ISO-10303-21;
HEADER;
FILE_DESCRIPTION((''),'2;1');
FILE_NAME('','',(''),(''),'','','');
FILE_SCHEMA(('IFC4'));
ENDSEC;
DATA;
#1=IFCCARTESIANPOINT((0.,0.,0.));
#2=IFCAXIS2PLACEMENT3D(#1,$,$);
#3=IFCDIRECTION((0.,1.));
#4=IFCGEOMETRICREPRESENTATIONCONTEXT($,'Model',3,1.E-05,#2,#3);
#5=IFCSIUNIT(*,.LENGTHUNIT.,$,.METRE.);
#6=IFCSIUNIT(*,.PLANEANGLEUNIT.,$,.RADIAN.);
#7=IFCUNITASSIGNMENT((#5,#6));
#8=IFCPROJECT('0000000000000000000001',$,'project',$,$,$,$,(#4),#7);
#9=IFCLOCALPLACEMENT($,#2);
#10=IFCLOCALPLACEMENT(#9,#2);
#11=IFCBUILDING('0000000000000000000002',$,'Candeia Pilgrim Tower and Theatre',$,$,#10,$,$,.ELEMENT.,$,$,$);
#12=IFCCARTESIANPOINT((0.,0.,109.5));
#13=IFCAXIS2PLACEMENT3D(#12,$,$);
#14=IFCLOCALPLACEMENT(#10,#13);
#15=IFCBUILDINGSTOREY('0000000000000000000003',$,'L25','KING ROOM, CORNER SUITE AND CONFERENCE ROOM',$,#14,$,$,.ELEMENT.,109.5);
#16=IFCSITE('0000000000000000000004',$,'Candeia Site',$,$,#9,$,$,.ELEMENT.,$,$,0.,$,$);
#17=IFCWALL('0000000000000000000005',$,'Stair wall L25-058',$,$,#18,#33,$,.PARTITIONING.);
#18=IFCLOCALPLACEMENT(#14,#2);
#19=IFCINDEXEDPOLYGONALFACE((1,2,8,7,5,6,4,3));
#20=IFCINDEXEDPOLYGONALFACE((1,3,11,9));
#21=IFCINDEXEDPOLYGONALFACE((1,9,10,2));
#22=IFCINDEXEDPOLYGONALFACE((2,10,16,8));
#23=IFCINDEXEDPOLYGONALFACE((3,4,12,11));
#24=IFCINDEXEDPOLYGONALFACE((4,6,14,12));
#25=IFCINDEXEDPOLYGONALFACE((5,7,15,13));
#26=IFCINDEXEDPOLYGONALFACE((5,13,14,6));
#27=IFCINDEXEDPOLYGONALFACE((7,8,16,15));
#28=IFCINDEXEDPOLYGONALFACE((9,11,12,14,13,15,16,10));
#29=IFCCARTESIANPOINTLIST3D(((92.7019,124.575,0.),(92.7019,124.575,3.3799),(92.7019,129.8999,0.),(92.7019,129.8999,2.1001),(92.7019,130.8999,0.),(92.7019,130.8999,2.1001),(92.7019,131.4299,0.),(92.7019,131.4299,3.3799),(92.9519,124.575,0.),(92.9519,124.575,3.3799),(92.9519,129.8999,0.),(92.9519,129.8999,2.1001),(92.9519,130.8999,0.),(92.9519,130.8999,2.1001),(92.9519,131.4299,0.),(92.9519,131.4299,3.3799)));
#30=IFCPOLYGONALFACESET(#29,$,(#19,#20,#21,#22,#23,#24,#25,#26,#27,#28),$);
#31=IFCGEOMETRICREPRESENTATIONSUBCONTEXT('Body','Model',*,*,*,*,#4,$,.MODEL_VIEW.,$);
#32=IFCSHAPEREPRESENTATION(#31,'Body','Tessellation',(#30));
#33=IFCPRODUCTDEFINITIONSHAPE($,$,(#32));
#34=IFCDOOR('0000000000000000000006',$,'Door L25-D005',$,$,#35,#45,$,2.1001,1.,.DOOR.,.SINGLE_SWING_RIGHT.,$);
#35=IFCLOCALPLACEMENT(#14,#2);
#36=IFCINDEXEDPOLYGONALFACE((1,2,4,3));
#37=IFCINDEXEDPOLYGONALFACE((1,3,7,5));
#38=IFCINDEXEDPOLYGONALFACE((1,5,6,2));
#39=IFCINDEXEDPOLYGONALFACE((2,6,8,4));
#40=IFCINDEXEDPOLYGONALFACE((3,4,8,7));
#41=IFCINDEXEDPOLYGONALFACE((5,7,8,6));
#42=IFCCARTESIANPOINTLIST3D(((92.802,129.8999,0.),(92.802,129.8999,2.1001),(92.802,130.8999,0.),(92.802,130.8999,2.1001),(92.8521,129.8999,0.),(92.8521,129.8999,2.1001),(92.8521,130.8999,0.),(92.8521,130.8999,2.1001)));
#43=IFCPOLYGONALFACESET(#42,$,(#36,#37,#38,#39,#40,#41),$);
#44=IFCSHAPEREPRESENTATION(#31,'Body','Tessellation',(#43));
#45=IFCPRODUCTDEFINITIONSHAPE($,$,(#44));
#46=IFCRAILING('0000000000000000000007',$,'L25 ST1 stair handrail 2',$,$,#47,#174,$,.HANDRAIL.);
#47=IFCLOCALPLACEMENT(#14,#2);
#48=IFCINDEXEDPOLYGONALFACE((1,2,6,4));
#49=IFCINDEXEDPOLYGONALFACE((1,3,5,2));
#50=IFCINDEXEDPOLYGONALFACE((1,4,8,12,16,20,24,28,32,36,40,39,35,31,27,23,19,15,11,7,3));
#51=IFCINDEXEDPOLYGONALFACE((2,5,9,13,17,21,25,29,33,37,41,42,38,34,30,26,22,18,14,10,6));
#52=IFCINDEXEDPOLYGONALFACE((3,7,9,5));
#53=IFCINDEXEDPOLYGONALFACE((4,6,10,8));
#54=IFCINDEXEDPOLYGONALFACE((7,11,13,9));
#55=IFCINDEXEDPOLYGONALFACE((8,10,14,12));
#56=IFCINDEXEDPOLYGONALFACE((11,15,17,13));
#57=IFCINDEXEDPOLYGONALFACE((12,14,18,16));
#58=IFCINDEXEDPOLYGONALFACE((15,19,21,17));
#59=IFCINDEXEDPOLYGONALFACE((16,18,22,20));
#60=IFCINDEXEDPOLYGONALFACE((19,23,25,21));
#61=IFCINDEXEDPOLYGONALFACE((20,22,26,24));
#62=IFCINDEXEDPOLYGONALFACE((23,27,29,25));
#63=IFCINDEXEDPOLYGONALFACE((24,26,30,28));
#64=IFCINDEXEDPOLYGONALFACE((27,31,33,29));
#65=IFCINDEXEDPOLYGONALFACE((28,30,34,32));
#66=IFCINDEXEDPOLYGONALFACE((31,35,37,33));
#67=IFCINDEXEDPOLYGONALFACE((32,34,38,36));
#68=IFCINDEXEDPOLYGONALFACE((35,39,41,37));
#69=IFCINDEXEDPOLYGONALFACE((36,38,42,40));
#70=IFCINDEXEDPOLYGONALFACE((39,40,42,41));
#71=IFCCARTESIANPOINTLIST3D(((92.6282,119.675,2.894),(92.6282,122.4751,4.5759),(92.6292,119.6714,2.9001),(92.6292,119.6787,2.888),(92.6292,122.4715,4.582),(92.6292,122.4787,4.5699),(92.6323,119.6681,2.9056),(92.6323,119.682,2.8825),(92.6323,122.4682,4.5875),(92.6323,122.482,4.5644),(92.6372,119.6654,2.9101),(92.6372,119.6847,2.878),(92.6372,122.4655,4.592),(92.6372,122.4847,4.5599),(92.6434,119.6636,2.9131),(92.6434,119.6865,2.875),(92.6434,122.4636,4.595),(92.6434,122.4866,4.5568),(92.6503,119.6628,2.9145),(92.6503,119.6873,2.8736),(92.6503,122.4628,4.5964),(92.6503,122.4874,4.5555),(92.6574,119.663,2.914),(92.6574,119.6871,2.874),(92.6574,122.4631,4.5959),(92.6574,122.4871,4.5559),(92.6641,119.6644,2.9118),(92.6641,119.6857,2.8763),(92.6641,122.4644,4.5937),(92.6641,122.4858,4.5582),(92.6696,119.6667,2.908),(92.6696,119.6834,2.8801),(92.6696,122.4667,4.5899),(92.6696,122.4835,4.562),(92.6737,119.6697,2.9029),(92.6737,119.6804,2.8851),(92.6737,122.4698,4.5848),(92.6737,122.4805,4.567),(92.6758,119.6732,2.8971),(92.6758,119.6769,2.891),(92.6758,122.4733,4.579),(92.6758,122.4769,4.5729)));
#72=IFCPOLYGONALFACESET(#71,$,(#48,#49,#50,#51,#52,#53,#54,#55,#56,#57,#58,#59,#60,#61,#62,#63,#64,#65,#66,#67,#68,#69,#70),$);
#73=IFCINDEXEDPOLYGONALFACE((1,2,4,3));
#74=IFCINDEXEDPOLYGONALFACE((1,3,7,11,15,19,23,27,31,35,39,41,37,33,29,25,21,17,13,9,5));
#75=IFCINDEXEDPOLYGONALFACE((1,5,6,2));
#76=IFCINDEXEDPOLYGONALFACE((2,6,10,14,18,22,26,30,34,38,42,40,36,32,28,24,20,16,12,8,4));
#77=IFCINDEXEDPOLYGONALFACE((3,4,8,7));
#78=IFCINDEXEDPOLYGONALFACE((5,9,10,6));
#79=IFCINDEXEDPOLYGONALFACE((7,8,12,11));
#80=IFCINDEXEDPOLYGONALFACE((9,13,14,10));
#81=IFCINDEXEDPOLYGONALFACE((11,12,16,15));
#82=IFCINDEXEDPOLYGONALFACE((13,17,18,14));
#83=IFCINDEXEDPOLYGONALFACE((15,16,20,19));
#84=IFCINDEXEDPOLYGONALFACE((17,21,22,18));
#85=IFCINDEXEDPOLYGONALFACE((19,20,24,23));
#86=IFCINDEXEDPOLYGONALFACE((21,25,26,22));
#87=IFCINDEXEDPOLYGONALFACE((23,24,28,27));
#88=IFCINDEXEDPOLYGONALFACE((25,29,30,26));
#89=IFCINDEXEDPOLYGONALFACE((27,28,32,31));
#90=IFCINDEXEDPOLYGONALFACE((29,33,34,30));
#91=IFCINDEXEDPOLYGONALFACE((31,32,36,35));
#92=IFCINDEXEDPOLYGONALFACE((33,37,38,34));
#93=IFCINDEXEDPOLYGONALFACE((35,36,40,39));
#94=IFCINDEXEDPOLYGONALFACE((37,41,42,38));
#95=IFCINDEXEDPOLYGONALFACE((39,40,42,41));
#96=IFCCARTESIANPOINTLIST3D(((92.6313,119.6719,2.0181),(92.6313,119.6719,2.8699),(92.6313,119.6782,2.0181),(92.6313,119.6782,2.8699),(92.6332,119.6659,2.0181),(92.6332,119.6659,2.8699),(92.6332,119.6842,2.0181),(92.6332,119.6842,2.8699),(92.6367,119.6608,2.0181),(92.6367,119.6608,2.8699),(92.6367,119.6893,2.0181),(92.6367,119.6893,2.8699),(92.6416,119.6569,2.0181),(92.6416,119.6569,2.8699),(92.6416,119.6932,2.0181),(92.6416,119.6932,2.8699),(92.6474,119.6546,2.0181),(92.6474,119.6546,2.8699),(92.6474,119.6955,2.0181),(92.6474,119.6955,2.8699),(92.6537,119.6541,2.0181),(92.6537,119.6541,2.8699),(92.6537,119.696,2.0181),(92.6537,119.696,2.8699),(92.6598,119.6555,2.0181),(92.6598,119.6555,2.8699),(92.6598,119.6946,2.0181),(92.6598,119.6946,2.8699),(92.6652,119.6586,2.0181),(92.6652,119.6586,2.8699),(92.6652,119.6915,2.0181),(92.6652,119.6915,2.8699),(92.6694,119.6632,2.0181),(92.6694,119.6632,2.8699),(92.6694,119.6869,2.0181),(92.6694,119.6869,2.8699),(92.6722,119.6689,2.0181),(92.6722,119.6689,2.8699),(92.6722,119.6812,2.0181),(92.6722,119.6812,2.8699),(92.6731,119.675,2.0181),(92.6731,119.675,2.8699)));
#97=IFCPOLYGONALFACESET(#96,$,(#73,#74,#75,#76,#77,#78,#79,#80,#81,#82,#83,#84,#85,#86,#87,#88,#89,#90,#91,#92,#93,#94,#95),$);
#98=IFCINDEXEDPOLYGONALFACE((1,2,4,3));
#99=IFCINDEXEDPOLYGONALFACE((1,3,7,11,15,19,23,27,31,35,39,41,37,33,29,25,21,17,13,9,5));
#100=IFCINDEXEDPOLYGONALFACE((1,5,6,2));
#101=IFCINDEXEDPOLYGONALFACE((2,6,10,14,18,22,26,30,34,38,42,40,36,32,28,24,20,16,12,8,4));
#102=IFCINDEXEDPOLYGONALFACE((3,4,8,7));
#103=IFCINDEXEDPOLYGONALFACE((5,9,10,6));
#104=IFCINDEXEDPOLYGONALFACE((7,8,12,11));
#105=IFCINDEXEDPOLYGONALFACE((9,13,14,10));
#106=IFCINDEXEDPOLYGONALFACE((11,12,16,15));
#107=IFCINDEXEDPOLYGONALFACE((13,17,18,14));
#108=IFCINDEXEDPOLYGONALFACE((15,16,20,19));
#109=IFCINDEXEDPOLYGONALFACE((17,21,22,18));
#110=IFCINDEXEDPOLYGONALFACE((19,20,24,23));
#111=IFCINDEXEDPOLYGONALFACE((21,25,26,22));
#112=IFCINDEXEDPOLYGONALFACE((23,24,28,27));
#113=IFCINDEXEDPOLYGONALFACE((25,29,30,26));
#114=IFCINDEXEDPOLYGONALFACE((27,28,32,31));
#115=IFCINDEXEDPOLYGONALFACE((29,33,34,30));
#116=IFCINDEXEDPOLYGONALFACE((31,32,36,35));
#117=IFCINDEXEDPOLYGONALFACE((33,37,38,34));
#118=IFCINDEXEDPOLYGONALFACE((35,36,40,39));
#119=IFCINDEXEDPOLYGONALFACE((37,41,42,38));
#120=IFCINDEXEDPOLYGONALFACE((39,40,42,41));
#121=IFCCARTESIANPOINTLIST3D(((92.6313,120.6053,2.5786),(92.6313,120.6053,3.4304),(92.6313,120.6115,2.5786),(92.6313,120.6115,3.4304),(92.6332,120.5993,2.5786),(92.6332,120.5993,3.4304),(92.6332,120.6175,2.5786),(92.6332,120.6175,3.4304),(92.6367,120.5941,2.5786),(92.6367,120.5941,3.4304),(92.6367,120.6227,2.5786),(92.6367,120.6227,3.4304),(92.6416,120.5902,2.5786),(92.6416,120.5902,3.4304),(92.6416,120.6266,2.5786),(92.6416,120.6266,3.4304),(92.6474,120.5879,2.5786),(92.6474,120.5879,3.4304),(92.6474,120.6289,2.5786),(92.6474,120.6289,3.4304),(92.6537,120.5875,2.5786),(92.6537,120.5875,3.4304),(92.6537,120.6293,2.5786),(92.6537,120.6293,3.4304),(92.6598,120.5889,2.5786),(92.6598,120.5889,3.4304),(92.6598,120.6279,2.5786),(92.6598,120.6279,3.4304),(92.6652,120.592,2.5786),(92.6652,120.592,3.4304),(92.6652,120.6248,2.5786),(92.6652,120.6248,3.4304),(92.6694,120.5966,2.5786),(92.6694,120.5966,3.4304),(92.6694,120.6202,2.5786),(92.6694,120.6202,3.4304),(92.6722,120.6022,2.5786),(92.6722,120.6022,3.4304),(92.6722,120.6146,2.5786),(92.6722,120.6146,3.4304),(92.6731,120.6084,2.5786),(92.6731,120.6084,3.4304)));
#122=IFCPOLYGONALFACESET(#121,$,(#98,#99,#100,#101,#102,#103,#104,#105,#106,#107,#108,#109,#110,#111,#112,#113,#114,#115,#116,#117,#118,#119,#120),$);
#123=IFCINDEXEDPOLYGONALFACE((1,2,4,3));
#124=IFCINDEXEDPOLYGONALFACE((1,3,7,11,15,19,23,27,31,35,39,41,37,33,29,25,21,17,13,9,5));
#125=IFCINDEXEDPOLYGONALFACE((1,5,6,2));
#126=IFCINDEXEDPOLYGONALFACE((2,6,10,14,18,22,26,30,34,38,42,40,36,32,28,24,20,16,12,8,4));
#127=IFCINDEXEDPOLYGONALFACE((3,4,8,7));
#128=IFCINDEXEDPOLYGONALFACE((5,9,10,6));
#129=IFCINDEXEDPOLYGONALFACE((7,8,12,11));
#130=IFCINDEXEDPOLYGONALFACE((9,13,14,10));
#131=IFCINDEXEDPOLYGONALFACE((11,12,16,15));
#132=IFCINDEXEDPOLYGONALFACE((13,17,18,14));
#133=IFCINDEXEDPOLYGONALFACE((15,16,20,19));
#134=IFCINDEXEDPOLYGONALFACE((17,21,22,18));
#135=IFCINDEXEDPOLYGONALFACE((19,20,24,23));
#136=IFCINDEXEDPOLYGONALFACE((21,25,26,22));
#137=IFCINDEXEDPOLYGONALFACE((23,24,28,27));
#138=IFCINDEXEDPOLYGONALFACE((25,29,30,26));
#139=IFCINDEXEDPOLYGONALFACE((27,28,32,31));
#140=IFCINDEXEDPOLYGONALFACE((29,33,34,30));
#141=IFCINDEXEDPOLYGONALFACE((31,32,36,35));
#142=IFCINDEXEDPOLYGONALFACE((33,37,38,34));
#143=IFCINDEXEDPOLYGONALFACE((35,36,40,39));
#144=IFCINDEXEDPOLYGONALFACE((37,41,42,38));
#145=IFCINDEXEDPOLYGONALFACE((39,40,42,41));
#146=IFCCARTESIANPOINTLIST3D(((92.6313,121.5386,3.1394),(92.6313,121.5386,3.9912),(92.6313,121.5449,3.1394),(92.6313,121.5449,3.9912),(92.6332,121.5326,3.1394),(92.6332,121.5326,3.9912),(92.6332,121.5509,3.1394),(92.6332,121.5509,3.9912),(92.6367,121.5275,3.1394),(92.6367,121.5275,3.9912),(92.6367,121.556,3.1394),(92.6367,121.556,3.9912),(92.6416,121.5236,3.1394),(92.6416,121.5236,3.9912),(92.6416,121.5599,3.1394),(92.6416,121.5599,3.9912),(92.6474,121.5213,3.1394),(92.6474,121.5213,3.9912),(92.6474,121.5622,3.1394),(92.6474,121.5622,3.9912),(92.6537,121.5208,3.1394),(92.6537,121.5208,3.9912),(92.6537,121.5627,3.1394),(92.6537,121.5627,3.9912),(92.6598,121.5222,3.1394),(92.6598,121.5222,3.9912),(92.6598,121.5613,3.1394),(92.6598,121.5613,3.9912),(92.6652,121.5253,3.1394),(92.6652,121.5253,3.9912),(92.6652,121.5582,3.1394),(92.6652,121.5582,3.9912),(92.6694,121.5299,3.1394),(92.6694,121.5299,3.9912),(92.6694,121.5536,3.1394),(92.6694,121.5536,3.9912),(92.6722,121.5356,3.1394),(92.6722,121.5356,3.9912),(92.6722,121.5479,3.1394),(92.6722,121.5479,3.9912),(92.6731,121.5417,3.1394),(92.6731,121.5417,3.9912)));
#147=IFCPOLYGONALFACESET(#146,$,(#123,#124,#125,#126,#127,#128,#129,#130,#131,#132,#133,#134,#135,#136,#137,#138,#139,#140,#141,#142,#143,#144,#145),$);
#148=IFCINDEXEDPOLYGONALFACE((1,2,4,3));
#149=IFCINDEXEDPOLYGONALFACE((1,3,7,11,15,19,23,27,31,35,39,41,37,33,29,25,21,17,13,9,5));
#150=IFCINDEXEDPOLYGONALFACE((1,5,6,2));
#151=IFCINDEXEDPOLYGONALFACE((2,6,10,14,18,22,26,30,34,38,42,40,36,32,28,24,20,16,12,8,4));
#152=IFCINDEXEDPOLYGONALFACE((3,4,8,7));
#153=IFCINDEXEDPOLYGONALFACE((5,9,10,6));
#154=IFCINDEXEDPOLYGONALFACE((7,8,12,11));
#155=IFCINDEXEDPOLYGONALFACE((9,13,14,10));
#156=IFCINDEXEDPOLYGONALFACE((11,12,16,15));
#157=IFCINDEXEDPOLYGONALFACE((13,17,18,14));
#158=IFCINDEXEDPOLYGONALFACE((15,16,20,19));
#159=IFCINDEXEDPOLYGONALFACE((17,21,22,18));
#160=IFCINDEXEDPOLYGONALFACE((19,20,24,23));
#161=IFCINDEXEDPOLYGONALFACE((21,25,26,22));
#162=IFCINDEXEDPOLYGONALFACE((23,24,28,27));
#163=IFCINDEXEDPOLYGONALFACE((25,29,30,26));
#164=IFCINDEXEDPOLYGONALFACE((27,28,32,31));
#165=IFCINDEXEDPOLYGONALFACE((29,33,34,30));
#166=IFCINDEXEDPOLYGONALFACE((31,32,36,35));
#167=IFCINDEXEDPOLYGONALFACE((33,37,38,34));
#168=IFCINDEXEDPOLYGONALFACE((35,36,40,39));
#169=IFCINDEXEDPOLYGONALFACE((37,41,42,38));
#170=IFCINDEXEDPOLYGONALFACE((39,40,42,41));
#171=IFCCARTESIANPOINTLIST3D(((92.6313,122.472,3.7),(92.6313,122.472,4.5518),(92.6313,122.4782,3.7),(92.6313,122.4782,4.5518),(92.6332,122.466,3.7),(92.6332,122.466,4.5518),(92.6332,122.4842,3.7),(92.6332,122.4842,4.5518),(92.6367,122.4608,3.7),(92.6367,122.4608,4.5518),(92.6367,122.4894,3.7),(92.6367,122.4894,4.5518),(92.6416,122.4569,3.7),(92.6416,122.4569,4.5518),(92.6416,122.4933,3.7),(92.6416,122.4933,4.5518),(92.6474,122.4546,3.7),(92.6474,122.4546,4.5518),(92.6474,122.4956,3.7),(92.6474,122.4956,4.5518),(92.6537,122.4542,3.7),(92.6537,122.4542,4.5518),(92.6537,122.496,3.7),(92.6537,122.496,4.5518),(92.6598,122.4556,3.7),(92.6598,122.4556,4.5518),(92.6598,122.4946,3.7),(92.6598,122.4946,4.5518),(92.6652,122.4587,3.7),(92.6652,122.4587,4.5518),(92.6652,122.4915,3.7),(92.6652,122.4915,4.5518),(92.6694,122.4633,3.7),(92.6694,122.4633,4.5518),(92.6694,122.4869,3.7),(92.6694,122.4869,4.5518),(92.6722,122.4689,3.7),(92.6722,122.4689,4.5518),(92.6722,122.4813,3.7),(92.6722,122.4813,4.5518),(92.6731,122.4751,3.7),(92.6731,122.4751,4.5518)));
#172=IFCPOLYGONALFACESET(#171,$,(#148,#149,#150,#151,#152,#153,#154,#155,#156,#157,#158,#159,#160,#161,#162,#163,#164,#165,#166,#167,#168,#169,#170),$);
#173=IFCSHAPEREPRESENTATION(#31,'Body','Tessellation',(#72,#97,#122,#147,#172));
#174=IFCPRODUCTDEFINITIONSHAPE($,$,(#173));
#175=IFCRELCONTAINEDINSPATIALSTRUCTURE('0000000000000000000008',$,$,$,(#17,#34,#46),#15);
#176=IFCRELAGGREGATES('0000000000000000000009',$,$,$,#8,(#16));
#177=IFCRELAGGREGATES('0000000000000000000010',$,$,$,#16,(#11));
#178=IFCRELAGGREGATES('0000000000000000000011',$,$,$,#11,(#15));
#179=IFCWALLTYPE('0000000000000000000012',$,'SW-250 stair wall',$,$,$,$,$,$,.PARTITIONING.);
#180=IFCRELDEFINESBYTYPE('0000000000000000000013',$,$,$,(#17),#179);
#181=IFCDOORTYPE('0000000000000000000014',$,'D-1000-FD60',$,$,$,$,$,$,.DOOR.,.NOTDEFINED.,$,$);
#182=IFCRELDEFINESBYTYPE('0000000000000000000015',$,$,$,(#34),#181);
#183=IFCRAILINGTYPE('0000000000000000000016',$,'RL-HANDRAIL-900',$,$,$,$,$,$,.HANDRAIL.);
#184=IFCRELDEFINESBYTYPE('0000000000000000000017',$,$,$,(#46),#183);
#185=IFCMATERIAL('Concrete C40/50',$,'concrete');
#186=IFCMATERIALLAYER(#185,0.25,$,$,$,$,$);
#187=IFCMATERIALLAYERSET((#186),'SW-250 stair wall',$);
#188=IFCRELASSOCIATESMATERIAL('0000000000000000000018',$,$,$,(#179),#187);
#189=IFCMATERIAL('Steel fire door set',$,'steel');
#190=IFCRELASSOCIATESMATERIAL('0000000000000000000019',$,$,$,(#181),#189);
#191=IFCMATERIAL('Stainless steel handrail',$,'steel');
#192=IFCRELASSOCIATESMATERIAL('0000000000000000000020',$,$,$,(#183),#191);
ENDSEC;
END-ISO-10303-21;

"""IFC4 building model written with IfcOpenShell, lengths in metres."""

from ifc_helpers import new_model, si_unit, direction, frame, frame_2d, origin, origin_2d, place, context, subcontext, project, spatial, rectangle, circle, extrude, material, layer, layer_set, type_object, element, fill, save


model = new_model("IFC4")

# Units and contexts
model_context = context("Model", 3, precision=1e-05, world=origin(), true_north=direction((0.0, 1.0)))
body_context = subcontext(model_context, "Body", "Model", "MODEL_VIEW")
ifc_project = project(units=[si_unit("LENGTHUNIT", "METRE"), si_unit("PLANEANGLEUNIT", "RADIAN")], contexts=[model_context])

# Site, building, storey
site_placement = place(None, origin())
site = spatial("IfcSite", under=ifc_project, at=site_placement, Name="Candeia Site", CompositionType="ELEMENT", RefElevation=0.0)
building_placement = place(site_placement, origin())
building = spatial("IfcBuilding", under=site, at=building_placement, Name="Candeia Pilgrim Tower and Theatre", CompositionType="ELEMENT")
storey_placement = place(building_placement, frame((0.0, 0.0, 109.5)))
storey = spatial("IfcBuildingStorey", under=building, at=storey_placement, Name="L25", Description="KING ROOM, CORNER SUITE AND CONFERENCE ROOM", CompositionType="ELEMENT", Elevation=109.5)

# Shared definitions
ifc_material_1 = material(Name="Steel fire door set", Category="steel")

# Shared definitions
ifc_material_2 = material(Name="Concrete C40/50", Category="concrete")

# Wall, opening, door
ifc_layer_1 = layer(ifc_material_2, 0.25)
ifc_layer_set_1 = layer_set([ifc_layer_1], Name="SW-250 stair wall")
wall_type_1 = type_object("IfcWallType", Name="SW-250 stair wall", PredefinedType="PARTITIONING", material=ifc_layer_set_1)
wall_1_placement = place(storey_placement, frame((92.8269, 124.575, 0.0), z_axis=(0.0, 0.0, 1.0), x_axis=(0.0, 1.0, 0.0)))
wall_1 = element("IfcWall", 1, at=wall_1_placement, inside=storey, type_object=wall_type_1, Name="Stair wall L25-058", PredefinedType="PARTITIONING", context=body_context, shape_type="SweptSolid", body=[
    extrude(rectangle(XDim=6.855, YDim=0.25, at=frame_2d((3.4275, 0.0))), origin(), (0.0, 0.0, 1.0), 3.3799),
])
opening_1_placement = place(wall_1_placement, frame((5.325, 0.0, 0.0)))
opening_1 = element("IfcOpeningElement", 2, at=opening_1_placement, cuts=wall_1, PredefinedType="OPENING", context=body_context, shape_type="SweptSolid", body=[
    extrude(rectangle(XDim=1.0, YDim=2.1001, at=frame_2d((0.5, 1.05))), frame((0.0, 0.135, 0.0), z_axis=(0.0, -1.0, 0.0), x_axis=(1.0, 0.0, 0.0)), (0.0, 0.0, 1.0), 0.27),
])
door_type_1 = type_object("IfcDoorType", Name="D-1000-FD60", OperationType="NOTDEFINED", PredefinedType="DOOR", material=ifc_material_1)
door_1_placement = place(opening_1_placement, origin())
door_1 = element("IfcDoor", 3, at=door_1_placement, inside=storey, type_object=door_type_1, Name="Door L25-D005", OperationType="SINGLE_SWING_RIGHT", OverallHeight=2.1001, OverallWidth=1.0, PredefinedType="DOOR", context=body_context, shape_type="SweptSolid", body=[
    extrude(rectangle(XDim=1.0, YDim=2.1001, at=frame_2d((0.5, 1.05))), frame((0.0, 0.0249, 0.0), z_axis=(0.0, -1.0, 0.0), x_axis=(1.0, 0.0, 0.0)), (0.0, 0.0, 1.0), 0.05),
])
fill(opening_1, door_1)

# Railing
ifc_material_3 = material(Name="Stainless steel handrail", Category="steel")
railing_type = type_object("IfcRailingType", Name="RL-HANDRAIL-900", PredefinedType="HANDRAIL", material=ifc_material_3)
for number, where, name in (
    (4, (92.6521, 119.675, 2.0181), "L25 ST1 stair handrail 2"),
):
    element("IfcRailing", number, at=place(storey_placement, frame(where)), inside=storey, type_object=railing_type, Name=name, PredefinedType="HANDRAIL", context=body_context, shape_type="SweptSolid", body=[
        extrude(circle(Radius=0.0239, at=origin_2d()), frame((0.0, 0.0, 0.876), z_axis=(0.0, 0.857242, 0.514913), x_axis=(-1.0, 0.0, 0.0)), (0.0, 0.0, 1.0), 3.2664),
        extrude(circle(Radius=0.021, at=origin_2d()), origin(), (0.0, 0.0, 1.0), 0.8518),
        extrude(circle(Radius=0.021, at=origin_2d()), frame((0.0, 0.9333, 0.5605)), (0.0, 0.0, 1.0), 0.8518),
        extrude(circle(Radius=0.021, at=origin_2d()), frame((0.0, 1.8667, 1.1213)), (0.0, 0.0, 1.0), 0.8518),
        extrude(circle(Radius=0.021, at=origin_2d()), frame((0.0, 2.8, 1.6819)), (0.0, 0.0, 1.0), 0.8518),
    ])

save(model, "model.ifc")
